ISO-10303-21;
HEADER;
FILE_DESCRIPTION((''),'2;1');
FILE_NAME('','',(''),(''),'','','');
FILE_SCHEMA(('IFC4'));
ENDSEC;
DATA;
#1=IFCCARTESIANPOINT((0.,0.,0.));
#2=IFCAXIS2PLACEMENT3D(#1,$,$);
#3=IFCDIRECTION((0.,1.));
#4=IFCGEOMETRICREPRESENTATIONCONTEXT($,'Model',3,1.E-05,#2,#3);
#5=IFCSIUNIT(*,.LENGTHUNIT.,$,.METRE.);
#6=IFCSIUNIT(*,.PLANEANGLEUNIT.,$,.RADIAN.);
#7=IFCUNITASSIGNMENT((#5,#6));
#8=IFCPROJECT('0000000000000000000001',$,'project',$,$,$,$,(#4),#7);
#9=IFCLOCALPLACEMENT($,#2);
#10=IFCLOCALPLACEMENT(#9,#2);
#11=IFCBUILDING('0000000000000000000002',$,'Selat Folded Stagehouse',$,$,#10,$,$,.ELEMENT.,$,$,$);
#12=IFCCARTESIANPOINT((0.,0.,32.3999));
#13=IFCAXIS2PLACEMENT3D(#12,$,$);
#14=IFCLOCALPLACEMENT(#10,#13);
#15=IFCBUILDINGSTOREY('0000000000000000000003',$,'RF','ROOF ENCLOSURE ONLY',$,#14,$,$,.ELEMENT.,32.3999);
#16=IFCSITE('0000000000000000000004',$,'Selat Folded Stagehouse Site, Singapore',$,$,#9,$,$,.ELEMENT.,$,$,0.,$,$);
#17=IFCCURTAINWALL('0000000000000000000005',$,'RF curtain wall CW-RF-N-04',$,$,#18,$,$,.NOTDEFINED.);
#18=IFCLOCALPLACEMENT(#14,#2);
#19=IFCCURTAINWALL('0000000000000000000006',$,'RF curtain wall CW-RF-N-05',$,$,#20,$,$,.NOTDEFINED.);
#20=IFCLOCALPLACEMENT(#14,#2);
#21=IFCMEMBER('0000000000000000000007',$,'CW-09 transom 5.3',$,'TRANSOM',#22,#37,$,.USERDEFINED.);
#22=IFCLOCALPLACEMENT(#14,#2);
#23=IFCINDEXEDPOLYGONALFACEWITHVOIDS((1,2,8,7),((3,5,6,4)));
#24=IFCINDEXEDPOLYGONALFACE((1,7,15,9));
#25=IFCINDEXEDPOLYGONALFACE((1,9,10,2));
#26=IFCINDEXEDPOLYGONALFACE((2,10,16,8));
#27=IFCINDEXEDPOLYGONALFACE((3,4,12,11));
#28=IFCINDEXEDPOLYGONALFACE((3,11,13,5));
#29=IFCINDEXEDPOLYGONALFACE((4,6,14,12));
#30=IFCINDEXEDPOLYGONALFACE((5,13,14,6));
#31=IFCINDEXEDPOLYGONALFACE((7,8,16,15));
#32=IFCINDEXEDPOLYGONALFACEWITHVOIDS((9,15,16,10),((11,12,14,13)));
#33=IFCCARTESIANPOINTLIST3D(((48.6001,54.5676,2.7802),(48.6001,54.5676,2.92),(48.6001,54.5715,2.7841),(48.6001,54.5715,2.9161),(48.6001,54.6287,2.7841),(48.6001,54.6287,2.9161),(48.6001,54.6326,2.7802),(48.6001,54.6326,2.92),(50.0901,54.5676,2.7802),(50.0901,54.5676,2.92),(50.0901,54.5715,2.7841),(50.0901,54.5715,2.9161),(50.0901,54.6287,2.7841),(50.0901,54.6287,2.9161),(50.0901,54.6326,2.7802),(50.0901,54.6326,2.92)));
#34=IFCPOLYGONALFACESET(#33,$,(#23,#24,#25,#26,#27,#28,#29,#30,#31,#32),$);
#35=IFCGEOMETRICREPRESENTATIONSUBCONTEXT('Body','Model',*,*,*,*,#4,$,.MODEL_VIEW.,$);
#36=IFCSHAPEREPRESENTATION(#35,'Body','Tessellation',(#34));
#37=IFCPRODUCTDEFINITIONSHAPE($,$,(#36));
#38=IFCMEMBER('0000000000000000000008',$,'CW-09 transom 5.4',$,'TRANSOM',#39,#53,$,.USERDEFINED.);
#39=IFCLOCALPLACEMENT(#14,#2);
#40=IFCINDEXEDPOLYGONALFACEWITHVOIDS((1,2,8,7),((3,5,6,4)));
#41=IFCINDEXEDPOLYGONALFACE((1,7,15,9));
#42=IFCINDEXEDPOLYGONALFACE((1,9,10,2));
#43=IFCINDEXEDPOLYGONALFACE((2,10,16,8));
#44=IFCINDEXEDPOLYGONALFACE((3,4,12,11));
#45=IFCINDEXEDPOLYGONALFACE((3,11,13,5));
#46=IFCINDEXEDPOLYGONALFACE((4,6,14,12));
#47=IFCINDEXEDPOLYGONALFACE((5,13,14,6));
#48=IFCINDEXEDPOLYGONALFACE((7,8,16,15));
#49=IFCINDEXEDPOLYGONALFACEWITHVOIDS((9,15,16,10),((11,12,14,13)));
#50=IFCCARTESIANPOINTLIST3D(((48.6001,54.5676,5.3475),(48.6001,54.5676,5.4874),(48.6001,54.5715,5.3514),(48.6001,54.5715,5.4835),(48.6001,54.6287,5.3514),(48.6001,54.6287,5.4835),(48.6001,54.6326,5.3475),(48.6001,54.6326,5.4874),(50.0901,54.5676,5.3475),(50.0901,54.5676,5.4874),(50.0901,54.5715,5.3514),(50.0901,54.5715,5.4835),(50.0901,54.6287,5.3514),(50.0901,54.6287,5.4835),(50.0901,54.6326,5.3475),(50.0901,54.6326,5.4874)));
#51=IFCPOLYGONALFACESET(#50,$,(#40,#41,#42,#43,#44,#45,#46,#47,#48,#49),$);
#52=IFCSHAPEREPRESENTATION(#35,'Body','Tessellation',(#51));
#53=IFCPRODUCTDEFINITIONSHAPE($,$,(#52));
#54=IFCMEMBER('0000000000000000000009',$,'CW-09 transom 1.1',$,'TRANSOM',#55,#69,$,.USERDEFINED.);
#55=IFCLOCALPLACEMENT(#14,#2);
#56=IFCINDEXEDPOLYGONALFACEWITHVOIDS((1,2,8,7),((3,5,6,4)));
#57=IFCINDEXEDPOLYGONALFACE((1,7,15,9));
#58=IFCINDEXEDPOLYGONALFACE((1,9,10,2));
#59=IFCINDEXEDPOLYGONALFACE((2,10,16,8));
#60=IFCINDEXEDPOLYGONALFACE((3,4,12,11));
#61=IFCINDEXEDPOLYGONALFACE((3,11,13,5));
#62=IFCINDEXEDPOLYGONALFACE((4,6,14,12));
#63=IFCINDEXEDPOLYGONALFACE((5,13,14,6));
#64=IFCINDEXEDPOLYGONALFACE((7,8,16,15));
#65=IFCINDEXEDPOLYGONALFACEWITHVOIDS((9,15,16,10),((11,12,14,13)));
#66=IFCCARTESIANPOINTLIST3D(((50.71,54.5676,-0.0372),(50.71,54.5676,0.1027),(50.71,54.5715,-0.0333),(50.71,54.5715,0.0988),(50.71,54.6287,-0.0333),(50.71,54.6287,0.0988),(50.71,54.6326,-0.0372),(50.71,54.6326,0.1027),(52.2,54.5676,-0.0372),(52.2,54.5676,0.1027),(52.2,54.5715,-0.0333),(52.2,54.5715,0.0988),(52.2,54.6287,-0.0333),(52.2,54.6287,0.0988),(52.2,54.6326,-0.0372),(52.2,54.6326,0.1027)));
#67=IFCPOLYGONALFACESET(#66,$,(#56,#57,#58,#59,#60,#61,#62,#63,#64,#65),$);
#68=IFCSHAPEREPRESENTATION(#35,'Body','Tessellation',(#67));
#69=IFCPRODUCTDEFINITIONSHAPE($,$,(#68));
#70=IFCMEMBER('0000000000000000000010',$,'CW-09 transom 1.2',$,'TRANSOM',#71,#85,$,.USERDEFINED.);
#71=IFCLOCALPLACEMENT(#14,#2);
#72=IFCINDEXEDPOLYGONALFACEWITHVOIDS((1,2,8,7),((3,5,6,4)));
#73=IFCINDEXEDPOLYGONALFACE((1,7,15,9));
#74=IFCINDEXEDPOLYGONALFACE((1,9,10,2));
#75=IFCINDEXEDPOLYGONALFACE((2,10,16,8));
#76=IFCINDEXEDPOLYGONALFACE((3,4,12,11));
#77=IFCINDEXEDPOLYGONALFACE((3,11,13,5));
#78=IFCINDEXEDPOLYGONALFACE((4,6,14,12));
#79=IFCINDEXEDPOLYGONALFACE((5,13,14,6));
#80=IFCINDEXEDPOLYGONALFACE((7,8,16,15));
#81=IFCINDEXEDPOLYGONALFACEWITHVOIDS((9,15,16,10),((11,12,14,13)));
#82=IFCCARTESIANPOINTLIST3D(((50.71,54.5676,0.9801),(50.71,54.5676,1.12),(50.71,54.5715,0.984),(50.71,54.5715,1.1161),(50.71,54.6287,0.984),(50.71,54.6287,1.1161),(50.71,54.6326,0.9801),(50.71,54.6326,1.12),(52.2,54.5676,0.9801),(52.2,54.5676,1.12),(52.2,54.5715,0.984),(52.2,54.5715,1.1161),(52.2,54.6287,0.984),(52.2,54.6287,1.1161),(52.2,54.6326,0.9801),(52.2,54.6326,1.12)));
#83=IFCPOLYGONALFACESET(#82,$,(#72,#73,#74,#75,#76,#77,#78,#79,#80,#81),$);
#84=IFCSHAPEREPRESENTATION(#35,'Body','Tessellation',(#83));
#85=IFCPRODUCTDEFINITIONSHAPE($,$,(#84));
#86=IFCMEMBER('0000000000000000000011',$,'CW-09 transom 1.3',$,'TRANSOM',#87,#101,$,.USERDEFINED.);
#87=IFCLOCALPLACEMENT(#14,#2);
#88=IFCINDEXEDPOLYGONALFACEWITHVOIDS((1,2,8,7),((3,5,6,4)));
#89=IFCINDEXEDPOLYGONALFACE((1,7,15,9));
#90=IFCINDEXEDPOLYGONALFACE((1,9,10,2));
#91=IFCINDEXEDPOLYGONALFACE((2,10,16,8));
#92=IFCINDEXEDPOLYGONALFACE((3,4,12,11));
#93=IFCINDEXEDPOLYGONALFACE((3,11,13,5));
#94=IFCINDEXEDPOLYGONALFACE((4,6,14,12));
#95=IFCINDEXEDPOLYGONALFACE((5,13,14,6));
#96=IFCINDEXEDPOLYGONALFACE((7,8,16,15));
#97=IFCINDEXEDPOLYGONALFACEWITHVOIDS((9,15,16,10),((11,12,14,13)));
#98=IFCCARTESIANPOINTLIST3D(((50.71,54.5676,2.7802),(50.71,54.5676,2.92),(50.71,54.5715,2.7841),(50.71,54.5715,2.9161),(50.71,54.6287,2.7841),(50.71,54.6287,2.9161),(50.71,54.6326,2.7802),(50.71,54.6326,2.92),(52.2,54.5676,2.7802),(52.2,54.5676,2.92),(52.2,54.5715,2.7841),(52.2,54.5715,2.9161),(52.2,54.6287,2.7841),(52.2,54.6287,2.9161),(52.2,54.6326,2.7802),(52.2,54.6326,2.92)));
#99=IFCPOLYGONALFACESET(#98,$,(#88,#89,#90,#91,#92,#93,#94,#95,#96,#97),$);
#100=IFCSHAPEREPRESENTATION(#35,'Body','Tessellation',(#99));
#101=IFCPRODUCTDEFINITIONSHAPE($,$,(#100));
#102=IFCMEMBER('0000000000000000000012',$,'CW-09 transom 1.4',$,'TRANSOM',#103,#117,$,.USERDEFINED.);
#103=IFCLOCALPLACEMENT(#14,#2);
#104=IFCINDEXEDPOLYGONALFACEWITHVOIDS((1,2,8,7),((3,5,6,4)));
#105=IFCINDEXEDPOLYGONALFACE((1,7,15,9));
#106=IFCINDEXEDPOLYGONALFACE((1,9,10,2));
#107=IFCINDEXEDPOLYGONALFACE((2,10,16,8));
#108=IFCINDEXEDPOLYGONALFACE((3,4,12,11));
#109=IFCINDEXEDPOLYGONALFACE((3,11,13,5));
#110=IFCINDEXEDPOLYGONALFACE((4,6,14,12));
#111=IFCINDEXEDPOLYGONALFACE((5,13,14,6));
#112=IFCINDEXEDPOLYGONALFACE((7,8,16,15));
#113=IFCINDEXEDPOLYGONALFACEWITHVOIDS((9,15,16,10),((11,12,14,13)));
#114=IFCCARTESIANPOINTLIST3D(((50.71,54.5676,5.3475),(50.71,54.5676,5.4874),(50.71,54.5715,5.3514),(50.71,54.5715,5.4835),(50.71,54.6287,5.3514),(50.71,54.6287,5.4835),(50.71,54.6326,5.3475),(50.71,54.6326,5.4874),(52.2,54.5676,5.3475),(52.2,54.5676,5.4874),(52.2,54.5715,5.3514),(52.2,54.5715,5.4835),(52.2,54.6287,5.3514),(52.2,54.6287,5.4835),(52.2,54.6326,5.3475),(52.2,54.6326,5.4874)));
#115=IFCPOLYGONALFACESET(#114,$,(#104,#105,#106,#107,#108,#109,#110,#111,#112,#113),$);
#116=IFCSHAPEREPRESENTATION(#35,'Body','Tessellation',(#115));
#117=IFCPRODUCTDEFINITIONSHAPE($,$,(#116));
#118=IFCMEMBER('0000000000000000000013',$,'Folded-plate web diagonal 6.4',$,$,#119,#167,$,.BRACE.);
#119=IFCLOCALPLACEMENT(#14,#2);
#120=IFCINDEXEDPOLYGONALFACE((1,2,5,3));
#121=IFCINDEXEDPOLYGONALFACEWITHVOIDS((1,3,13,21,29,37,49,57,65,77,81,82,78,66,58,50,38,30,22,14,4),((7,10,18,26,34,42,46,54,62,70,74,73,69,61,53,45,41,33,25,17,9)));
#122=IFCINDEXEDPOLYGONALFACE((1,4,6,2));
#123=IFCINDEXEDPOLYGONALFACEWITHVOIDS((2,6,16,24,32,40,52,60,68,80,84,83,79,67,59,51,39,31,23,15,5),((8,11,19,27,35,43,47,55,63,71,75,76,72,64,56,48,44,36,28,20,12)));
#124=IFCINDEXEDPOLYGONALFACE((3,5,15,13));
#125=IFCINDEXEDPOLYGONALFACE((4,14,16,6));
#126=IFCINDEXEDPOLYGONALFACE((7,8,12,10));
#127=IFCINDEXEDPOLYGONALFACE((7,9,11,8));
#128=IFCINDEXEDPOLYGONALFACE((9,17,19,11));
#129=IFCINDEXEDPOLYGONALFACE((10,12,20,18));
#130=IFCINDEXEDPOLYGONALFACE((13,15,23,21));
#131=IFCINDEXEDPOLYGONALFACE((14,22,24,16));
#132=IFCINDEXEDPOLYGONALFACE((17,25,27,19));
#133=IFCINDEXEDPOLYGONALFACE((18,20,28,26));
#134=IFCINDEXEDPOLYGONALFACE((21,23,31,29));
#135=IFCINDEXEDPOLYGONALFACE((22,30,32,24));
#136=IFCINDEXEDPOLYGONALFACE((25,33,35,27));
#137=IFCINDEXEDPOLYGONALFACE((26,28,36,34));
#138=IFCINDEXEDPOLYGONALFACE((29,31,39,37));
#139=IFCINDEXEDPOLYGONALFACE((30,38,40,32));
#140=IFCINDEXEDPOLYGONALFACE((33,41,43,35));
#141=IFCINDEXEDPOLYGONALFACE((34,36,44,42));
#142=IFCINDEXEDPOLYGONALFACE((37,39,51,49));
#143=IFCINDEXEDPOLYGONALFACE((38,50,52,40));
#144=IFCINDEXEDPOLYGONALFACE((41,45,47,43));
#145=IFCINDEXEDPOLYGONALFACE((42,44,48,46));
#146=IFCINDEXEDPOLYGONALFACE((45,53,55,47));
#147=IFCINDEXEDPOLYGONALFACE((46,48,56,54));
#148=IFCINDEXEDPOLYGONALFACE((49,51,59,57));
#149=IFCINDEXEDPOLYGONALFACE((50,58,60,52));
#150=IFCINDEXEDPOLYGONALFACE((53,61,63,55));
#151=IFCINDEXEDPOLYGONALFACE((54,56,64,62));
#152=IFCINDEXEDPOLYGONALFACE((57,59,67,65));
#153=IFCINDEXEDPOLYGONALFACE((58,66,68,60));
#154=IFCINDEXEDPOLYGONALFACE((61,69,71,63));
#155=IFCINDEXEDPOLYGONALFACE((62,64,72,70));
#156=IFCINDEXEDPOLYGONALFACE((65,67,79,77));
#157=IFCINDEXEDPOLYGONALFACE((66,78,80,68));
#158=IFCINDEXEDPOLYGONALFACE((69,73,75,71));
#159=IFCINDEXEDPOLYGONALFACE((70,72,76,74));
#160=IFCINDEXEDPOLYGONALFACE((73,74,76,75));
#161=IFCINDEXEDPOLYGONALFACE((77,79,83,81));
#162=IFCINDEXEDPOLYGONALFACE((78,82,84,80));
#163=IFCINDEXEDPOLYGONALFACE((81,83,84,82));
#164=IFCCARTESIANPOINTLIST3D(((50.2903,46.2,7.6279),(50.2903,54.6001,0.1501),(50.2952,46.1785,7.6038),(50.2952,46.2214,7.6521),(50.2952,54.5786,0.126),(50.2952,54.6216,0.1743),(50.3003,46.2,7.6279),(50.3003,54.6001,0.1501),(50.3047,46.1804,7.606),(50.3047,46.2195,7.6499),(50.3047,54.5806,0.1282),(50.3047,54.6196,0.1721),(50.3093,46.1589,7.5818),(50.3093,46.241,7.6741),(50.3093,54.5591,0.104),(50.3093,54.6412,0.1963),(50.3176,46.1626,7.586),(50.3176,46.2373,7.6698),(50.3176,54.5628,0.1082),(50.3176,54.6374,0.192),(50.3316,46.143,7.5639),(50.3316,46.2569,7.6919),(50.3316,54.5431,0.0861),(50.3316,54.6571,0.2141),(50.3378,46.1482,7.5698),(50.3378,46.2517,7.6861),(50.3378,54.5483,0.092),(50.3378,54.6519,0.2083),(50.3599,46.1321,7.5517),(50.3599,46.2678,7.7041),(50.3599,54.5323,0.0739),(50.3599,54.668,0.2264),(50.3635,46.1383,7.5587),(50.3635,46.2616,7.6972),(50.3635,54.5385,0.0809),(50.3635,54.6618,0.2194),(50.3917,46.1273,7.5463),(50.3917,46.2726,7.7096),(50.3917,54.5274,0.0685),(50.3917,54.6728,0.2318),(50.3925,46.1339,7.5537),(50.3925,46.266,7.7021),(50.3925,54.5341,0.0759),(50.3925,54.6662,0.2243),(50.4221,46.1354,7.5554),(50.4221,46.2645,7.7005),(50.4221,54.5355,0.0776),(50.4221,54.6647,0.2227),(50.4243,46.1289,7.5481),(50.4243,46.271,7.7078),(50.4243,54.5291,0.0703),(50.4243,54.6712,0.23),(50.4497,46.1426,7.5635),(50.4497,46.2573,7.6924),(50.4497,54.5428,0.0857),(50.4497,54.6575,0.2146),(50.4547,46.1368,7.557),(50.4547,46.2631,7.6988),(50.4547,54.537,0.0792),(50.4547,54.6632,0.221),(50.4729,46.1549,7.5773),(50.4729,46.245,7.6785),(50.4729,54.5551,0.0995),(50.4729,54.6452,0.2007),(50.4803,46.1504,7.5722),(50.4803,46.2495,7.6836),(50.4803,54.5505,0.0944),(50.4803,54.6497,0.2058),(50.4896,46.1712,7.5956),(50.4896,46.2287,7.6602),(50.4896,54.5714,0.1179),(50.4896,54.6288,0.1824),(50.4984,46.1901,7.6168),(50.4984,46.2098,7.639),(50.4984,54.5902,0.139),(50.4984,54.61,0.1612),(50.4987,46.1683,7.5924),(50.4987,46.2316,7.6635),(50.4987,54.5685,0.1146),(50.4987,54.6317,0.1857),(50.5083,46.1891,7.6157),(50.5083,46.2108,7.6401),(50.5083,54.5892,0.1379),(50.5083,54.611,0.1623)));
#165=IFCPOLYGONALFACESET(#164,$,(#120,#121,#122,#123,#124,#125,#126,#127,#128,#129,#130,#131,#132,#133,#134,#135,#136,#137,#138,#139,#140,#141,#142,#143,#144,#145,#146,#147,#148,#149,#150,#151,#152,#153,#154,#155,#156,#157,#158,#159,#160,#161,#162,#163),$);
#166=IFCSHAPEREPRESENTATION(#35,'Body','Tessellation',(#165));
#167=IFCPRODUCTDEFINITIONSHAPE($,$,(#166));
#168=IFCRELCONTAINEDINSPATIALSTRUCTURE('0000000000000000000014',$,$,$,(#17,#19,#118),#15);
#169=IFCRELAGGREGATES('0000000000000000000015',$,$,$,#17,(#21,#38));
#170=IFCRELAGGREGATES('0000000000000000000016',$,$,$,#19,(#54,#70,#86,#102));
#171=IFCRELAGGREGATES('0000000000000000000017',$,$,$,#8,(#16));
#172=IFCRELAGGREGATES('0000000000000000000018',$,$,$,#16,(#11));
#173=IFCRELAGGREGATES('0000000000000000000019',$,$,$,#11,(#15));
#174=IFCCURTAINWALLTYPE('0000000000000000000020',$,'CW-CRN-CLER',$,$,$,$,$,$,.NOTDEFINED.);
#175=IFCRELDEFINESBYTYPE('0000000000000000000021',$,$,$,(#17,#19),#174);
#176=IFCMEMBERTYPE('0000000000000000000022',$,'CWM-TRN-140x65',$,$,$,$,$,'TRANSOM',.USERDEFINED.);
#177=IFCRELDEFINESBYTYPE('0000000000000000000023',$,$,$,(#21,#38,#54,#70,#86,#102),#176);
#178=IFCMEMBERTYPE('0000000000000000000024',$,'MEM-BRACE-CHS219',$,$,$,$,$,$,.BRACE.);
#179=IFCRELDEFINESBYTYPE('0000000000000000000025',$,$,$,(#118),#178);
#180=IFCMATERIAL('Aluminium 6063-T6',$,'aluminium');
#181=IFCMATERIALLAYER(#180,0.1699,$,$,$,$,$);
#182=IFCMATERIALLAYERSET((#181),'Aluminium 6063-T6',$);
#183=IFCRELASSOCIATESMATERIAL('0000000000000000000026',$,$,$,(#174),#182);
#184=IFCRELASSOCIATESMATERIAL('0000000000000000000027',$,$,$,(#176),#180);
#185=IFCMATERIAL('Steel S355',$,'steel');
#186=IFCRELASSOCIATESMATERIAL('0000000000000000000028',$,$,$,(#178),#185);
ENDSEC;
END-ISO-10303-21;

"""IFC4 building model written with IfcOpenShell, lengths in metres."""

from ifc_helpers import new_model, si_unit, direction, frame, origin, origin_2d, place, context, subcontext, project, spatial, hollow_rectangle, hollow_circle, extrude, material, layer, layer_set, material_profile, profile_set, type_object, element, aggregate, save


model = new_model("IFC4")

# Units and contexts
model_context = context("Model", 3, precision=1e-05, world=origin(), true_north=direction((0.0, 1.0)))
body_context = subcontext(model_context, "Body", "Model", "MODEL_VIEW")
ifc_project = project(units=[si_unit("LENGTHUNIT", "METRE"), si_unit("PLANEANGLEUNIT", "RADIAN")], contexts=[model_context])

# Site, building, storey
site_placement = place(None, origin())
site = spatial("IfcSite", under=ifc_project, at=site_placement, Name="Selat Folded Stagehouse Site, Singapore", CompositionType="ELEMENT", RefElevation=0.0)
building_placement = place(site_placement, origin())
building = spatial("IfcBuilding", under=site, at=building_placement, Name="Selat Folded Stagehouse", CompositionType="ELEMENT")
storey_placement = place(building_placement, frame((0.0, 0.0, 32.3999)))
storey = spatial("IfcBuildingStorey", under=building, at=storey_placement, Name="RF", Description="ROOF ENCLOSURE ONLY", CompositionType="ELEMENT", Elevation=32.3999)

# Shared definitions
ifc_material_1 = material(Name="Steel S355", Category="steel")

# Curtain wall
ifc_material_2 = material(Name="Aluminium 6063-T6", Category="aluminium")
ifc_layer_1 = layer(ifc_material_2, 0.1699)
ifc_layer_set_1 = layer_set([ifc_layer_1], Name="Aluminium 6063-T6")
curtain_wall_type = type_object("IfcCurtainWallType", Name="CW-CRN-CLER", PredefinedType="NOTDEFINED", material=ifc_layer_set_1)
curtain_wall_1_placement = place(storey_placement, origin())
curtain_wall_1 = element("IfcCurtainWall", 1, at=curtain_wall_1_placement, inside=storey, type_object=curtain_wall_type, Name="RF curtain wall CW-RF-N-04", PredefinedType="NOTDEFINED")

# Curtain wall
curtain_wall_2_placement = place(storey_placement, origin())
curtain_wall_2 = element("IfcCurtainWall", 2, at=curtain_wall_2_placement, inside=storey, type_object=curtain_wall_type, Name="RF curtain wall CW-RF-N-05", PredefinedType="NOTDEFINED")

# Members
ifc_material_profile_1 = material_profile(ifc_material_2, hollow_rectangle(XDim=0.0649, YDim=0.1399, WallThickness=0.0039, at=origin_2d()), Name="ALU 140x65x4.0")
ifc_profile_set_1 = profile_set([ifc_material_profile_1], Name="Aluminium 6063-T6")
member_type_1 = type_object("IfcMemberType", Name="CWM-TRN-140x65", ElementType="TRANSOM", PredefinedType="USERDEFINED", material=ifc_profile_set_1)
member_1_placement = place(storey_placement, frame((48.6001, 54.6001, 2.8501), z_axis=(1.0, 0.0, 0.0), x_axis=(0.0, 1.0, 0.0)))
member_1 = element("IfcMember", 3, at=member_1_placement, type_object=member_type_1, Name="CW-09 transom 5.3", ObjectType="TRANSOM", PredefinedType="USERDEFINED", context=body_context, shape_type="SweptSolid", body=[
    extrude(hollow_rectangle(XDim=0.0649, YDim=0.1399, WallThickness=0.0039, at=origin_2d()), origin(), (0.0, 0.0, 1.0), 1.49),
])
member_2_placement = place(storey_placement, frame((48.6001, 54.6001, 5.4175), z_axis=(1.0, 0.0, 0.0), x_axis=(0.0, 1.0, 0.0)))
member_2 = element("IfcMember", 4, at=member_2_placement, type_object=member_type_1, Name="CW-09 transom 5.4", ObjectType="TRANSOM", PredefinedType="USERDEFINED", context=body_context, shape_type="SweptSolid", body=[
    extrude(hollow_rectangle(XDim=0.0649, YDim=0.1399, WallThickness=0.0039, at=origin_2d()), origin(), (0.0, 0.0, 1.0), 1.49),
])
member_3_placement = place(storey_placement, frame((50.71, 54.6001, 0.0327), z_axis=(1.0, 0.0, 0.0), x_axis=(0.0, 1.0, 0.0)))
member_3 = element("IfcMember", 5, at=member_3_placement, type_object=member_type_1, Name="CW-09 transom 1.1", ObjectType="TRANSOM", PredefinedType="USERDEFINED", context=body_context, shape_type="SweptSolid", body=[
    extrude(hollow_rectangle(XDim=0.0649, YDim=0.1399, WallThickness=0.0039, at=origin_2d()), origin(), (0.0, 0.0, 1.0), 1.49),
])
member_4_placement = place(storey_placement, frame((50.71, 54.6001, 1.05), z_axis=(1.0, 0.0, 0.0), x_axis=(0.0, 1.0, 0.0)))
member_4 = element("IfcMember", 6, at=member_4_placement, type_object=member_type_1, Name="CW-09 transom 1.2", ObjectType="TRANSOM", PredefinedType="USERDEFINED", context=body_context, shape_type="SweptSolid", body=[
    extrude(hollow_rectangle(XDim=0.0649, YDim=0.1399, WallThickness=0.0039, at=origin_2d()), origin(), (0.0, 0.0, 1.0), 1.49),
])
member_5_placement = place(storey_placement, frame((50.71, 54.6001, 2.8501), z_axis=(1.0, 0.0, 0.0), x_axis=(0.0, 1.0, 0.0)))
member_5 = element("IfcMember", 7, at=member_5_placement, type_object=member_type_1, Name="CW-09 transom 1.3", ObjectType="TRANSOM", PredefinedType="USERDEFINED", context=body_context, shape_type="SweptSolid", body=[
    extrude(hollow_rectangle(XDim=0.0649, YDim=0.1399, WallThickness=0.0039, at=origin_2d()), origin(), (0.0, 0.0, 1.0), 1.49),
])
member_6_placement = place(storey_placement, frame((50.71, 54.6001, 5.4175), z_axis=(1.0, 0.0, 0.0), x_axis=(0.0, 1.0, 0.0)))
member_6 = element("IfcMember", 8, at=member_6_placement, type_object=member_type_1, Name="CW-09 transom 1.4", ObjectType="TRANSOM", PredefinedType="USERDEFINED", context=body_context, shape_type="SweptSolid", body=[
    extrude(hollow_rectangle(XDim=0.0649, YDim=0.1399, WallThickness=0.0039, at=origin_2d()), origin(), (0.0, 0.0, 1.0), 1.49),
])

# Member
ifc_material_profile_2 = material_profile(ifc_material_1, hollow_circle(Radius=0.1096, WallThickness=0.01, at=origin_2d()), Name="CHS 219.1x10.0")
ifc_profile_set_2 = profile_set([ifc_material_profile_2], Name="Steel S355")
member_type_2 = type_object("IfcMemberType", Name="MEM-BRACE-CHS219", PredefinedType="BRACE", material=ifc_profile_set_2)
member_7_placement = place(storey_placement, frame((50.3999, 46.2, 7.6279), z_axis=(0.0, 0.746924, -0.664909), x_axis=(-1.0, 0.0, 0.0)))
element("IfcMember", 9, at=member_7_placement, inside=storey, type_object=member_type_2, Name="Folded-plate web diagonal 6.4", PredefinedType="BRACE", context=body_context, shape_type="SweptSolid", body=[
    extrude(hollow_circle(Radius=0.1096, WallThickness=0.01, at=origin_2d()), origin(), (0.0, 0.0, 1.0), 11.2463),
])

aggregate(curtain_wall_1, [member_1, member_2])
aggregate(curtain_wall_2, [member_3, member_4, member_5, member_6])

save(model, "model.ifc")
